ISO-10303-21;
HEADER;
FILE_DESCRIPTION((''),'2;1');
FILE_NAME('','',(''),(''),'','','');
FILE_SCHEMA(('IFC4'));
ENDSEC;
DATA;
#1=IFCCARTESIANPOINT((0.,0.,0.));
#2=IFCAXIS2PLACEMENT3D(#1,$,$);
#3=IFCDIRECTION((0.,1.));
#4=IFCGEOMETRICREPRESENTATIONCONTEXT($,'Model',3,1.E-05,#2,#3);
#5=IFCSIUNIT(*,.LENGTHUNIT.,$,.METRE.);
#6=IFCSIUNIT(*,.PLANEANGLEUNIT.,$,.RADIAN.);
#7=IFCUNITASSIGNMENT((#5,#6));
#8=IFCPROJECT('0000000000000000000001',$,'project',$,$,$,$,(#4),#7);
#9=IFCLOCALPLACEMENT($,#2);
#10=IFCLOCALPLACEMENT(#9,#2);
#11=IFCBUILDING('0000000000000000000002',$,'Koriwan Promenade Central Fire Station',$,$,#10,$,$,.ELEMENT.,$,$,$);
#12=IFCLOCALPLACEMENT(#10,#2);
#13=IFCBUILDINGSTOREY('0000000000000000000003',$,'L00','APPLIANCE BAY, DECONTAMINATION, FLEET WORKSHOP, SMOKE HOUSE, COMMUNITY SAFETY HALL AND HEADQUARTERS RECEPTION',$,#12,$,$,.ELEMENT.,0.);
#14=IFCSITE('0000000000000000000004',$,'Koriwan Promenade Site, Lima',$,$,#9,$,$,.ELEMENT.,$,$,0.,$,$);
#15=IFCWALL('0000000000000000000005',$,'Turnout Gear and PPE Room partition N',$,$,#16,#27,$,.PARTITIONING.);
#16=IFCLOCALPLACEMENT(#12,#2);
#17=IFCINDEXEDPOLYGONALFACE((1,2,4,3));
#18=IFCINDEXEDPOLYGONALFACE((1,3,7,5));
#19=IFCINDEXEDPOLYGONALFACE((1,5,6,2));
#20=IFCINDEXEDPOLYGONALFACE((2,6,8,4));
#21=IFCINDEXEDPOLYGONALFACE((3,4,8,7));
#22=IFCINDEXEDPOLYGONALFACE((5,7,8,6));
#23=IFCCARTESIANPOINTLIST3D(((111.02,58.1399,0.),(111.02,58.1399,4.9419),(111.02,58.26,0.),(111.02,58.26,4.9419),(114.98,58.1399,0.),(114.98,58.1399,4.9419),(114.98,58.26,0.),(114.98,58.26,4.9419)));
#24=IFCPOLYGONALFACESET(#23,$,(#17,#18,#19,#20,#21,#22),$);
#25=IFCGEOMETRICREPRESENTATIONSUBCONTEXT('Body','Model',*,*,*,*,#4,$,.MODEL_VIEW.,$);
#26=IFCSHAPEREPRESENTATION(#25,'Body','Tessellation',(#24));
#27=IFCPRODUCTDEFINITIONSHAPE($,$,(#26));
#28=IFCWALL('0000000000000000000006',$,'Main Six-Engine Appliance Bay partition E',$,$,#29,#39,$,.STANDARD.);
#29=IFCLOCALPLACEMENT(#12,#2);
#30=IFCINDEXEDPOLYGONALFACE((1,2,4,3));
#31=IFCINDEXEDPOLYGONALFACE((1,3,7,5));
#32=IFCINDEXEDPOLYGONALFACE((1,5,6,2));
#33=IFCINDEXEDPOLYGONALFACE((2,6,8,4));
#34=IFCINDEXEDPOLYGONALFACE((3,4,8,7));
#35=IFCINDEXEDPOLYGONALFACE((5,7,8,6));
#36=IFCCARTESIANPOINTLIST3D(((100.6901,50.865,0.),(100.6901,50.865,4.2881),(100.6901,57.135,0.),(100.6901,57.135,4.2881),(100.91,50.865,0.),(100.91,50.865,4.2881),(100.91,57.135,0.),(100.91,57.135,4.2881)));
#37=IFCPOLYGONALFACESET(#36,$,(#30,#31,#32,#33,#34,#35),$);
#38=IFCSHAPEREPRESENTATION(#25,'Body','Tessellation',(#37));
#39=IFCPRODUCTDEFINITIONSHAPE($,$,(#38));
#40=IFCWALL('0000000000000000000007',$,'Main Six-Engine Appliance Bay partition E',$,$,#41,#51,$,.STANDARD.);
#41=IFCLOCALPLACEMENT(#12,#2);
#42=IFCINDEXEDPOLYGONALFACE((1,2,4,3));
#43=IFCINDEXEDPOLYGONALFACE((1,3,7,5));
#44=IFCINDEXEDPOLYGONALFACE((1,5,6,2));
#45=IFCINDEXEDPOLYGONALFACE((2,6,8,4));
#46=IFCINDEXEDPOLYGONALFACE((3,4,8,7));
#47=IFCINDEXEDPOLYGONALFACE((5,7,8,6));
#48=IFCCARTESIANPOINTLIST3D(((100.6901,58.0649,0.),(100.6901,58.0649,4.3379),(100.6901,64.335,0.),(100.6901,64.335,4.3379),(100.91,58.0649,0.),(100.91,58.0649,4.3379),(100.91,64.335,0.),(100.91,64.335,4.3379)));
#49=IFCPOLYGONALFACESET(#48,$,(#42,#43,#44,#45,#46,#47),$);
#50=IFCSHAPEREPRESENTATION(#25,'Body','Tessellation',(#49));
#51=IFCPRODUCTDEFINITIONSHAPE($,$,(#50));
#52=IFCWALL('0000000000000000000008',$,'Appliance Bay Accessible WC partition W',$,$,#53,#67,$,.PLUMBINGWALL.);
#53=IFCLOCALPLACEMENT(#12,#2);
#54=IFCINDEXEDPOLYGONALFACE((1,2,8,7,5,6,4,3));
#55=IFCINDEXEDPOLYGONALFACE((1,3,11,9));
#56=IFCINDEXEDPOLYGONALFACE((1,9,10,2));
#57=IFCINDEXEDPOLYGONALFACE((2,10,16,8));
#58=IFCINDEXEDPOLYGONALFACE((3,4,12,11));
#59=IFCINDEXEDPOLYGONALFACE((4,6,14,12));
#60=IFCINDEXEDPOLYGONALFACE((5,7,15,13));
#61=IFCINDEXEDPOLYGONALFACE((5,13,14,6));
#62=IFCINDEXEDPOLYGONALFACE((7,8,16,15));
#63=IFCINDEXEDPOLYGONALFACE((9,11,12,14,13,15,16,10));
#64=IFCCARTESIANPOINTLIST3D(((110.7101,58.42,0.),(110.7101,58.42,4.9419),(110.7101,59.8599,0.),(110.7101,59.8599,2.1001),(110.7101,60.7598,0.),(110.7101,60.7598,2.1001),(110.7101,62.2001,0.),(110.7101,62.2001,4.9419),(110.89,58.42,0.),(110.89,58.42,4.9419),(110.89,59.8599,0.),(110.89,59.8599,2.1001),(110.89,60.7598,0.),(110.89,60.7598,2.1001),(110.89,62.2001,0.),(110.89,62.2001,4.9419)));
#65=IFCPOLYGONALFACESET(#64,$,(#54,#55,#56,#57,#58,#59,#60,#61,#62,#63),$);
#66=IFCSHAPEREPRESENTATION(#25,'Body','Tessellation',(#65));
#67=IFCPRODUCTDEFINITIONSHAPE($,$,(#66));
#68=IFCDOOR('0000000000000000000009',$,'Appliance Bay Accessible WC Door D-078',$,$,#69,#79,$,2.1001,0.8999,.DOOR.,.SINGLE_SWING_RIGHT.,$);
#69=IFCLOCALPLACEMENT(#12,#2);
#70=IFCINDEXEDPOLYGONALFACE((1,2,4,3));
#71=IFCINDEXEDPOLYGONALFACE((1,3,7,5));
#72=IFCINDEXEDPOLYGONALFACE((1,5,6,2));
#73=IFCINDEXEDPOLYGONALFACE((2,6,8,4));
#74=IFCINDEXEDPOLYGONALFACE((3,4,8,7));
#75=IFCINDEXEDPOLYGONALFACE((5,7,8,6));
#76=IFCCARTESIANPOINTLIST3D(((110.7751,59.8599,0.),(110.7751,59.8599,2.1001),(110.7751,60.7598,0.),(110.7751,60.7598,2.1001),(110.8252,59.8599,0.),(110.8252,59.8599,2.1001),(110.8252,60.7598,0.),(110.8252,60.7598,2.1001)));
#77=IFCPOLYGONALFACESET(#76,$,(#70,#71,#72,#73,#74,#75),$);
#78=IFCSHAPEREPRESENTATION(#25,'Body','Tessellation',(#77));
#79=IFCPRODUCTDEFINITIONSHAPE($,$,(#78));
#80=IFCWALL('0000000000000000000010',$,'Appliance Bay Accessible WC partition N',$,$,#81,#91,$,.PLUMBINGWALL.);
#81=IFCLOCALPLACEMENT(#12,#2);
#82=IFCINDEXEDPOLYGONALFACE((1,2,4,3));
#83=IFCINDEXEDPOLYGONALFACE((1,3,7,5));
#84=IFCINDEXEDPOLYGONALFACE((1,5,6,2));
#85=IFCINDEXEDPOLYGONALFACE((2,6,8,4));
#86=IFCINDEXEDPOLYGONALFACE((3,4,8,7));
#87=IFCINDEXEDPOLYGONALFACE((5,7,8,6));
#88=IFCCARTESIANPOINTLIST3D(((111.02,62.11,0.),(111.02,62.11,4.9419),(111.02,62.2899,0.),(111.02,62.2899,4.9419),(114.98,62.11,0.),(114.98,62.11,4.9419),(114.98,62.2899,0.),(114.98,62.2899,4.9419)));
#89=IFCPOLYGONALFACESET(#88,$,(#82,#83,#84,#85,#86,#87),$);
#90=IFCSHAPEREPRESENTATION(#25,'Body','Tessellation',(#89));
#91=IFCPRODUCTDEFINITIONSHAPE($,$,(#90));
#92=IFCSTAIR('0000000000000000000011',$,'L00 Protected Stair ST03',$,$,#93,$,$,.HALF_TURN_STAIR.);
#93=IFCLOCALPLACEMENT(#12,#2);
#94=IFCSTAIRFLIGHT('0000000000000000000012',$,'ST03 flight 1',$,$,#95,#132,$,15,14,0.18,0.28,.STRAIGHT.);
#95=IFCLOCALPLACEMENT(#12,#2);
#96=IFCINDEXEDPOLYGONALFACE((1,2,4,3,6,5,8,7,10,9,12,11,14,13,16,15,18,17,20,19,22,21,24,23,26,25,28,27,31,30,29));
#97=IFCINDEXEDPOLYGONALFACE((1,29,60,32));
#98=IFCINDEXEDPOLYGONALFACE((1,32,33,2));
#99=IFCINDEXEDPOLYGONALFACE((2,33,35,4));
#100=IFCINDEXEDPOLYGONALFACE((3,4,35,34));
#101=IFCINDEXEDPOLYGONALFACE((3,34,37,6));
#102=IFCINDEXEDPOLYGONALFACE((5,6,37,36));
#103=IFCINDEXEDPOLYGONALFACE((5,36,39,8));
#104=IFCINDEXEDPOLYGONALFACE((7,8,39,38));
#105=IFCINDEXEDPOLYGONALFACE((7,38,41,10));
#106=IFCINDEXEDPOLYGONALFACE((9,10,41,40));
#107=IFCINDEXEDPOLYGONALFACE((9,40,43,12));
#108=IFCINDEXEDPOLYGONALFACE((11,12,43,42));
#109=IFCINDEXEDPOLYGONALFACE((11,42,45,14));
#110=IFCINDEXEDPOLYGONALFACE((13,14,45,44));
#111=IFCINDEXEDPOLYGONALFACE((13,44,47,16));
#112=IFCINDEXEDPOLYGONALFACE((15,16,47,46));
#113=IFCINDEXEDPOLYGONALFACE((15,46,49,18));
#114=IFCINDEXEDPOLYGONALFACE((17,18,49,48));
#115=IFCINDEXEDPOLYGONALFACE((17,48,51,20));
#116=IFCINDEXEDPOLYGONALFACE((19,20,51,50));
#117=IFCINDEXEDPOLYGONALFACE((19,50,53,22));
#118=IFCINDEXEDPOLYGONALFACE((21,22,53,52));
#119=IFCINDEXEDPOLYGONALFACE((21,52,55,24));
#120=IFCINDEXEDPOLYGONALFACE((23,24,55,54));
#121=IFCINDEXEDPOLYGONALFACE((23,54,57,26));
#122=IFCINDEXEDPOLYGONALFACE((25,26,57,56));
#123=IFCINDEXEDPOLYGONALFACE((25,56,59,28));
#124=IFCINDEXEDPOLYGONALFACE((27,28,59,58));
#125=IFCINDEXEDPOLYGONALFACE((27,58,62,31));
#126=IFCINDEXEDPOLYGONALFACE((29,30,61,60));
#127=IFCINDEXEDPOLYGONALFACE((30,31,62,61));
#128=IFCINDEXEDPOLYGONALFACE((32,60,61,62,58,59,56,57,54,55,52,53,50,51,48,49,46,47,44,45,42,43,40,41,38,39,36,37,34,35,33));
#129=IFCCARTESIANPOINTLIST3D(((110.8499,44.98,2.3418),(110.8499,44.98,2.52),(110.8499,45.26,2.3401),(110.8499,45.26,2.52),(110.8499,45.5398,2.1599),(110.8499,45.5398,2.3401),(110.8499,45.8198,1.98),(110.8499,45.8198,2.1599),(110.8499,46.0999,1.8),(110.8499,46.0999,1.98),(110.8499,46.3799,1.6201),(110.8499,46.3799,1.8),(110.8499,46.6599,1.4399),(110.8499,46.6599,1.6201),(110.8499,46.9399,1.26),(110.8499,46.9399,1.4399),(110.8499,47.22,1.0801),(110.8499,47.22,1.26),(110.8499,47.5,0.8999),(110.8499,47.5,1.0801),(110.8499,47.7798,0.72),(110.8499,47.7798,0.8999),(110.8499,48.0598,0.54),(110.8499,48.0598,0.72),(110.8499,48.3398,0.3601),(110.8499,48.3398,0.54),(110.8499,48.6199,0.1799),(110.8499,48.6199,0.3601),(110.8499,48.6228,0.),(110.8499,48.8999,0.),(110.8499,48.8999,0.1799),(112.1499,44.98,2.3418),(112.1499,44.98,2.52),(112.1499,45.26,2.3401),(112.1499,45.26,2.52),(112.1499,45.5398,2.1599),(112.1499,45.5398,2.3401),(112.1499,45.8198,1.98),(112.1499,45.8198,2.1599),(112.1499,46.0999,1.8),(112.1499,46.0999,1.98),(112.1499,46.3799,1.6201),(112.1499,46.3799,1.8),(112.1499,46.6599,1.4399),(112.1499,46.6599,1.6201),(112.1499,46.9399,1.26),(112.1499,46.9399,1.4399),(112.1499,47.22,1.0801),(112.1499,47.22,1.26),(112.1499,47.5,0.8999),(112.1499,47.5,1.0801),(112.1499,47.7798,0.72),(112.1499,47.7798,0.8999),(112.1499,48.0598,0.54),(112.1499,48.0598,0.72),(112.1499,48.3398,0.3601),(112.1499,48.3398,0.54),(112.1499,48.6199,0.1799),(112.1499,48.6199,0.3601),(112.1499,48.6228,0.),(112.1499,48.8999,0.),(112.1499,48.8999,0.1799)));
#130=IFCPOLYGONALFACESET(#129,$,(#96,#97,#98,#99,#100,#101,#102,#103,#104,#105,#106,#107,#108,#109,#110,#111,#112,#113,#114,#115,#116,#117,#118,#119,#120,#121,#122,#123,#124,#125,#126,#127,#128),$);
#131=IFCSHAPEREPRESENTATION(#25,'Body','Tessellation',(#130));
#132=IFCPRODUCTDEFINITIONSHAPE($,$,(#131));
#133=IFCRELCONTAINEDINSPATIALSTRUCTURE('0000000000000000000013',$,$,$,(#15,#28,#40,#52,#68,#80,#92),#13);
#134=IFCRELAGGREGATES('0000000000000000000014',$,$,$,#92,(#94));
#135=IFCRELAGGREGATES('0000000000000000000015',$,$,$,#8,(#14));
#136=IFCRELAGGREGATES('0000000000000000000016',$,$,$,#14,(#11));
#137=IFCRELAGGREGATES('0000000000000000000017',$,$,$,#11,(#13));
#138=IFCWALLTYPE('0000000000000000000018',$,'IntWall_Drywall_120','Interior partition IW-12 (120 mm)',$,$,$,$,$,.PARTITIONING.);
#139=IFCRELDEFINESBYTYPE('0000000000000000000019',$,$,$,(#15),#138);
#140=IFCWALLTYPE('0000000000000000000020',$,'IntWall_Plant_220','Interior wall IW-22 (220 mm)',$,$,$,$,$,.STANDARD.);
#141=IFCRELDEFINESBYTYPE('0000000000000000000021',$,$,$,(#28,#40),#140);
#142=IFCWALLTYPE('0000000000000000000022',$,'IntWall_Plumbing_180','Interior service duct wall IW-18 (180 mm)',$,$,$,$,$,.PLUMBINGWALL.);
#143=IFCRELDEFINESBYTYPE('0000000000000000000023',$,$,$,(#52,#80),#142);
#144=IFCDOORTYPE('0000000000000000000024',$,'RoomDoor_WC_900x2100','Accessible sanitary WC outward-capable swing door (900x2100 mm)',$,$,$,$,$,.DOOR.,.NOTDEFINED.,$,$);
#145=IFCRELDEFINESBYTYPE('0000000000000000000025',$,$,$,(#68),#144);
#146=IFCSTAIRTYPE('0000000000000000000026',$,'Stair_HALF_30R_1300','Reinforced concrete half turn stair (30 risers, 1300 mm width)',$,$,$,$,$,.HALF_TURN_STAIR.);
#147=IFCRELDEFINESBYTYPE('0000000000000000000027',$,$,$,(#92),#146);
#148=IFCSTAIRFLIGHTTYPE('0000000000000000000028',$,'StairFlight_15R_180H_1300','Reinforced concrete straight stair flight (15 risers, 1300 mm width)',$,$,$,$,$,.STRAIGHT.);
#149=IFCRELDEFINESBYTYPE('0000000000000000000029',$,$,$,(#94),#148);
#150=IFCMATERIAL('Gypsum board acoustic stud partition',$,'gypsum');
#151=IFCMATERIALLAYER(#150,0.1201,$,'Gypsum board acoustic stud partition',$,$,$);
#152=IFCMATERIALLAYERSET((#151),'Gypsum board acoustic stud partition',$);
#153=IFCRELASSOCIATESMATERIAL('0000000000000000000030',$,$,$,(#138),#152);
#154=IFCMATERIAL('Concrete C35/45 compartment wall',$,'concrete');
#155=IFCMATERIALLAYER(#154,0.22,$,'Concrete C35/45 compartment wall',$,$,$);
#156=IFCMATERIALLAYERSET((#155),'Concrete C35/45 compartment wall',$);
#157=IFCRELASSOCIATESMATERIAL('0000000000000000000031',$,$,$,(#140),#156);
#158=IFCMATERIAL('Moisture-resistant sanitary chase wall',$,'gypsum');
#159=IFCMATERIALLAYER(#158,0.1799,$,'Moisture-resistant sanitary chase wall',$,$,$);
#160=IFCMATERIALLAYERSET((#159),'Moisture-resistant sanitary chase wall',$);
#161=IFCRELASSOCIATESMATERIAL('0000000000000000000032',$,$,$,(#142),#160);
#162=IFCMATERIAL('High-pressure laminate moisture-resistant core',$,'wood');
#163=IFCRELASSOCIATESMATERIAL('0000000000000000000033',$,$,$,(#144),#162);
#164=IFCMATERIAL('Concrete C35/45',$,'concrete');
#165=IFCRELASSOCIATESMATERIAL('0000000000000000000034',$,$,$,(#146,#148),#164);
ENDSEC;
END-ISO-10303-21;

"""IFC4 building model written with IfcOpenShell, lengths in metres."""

from ifc_helpers import new_model, si_unit, direction, frame, frame_2d, origin, place, context, subcontext, project, spatial, polyline, rectangle, outline, extrude, material, layer, layer_set, type_object, element, fill, aggregate, save


model = new_model("IFC4")

# Units and contexts
model_context = context("Model", 3, precision=1e-05, world=origin(), true_north=direction((0.0, 1.0)))
body_context = subcontext(model_context, "Body", "Model", "MODEL_VIEW")
ifc_project = project(units=[si_unit("LENGTHUNIT", "METRE"), si_unit("PLANEANGLEUNIT", "RADIAN")], contexts=[model_context])

# Site, building, storey
site_placement = place(None, origin())
site = spatial("IfcSite", under=ifc_project, at=site_placement, Name="Koriwan Promenade Site, Lima", CompositionType="ELEMENT", RefElevation=0.0)
building_placement = place(site_placement, origin())
building = spatial("IfcBuilding", under=site, at=building_placement, Name="Koriwan Promenade Central Fire Station", CompositionType="ELEMENT")
storey_placement = place(building_placement, origin())
storey = spatial("IfcBuildingStorey", under=building, at=storey_placement, Name="L00", Description="APPLIANCE BAY, DECONTAMINATION, FLEET WORKSHOP, SMOKE HOUSE, COMMUNITY SAFETY HALL AND HEADQUARTERS RECEPTION", CompositionType="ELEMENT", Elevation=0.0)

# Shared definitions
ifc_material_1 = material(Name="Concrete C35/45", Category="concrete")

# Shared definitions
ifc_material_2 = material(Name="Gypsum board acoustic stud partition", Category="gypsum")
ifc_layer_1 = layer(ifc_material_2, 0.1201, Name="Gypsum board acoustic stud partition")
ifc_layer_set_1 = layer_set([ifc_layer_1], Name="Gypsum board acoustic stud partition")
wall_type_1 = type_object("IfcWallType", Name="IntWall_Drywall_120", Description="Interior partition IW-12 (120 mm)", PredefinedType="PARTITIONING", material=ifc_layer_set_1)

# Walls
for number, where, z_axis, x_axis, name in (
    (1, (111.02, 58.2, 0.0), (0.0, 0.0, 1.0), (1.0, 0.0, 0.0), "Turnout Gear and PPE Room partition N"),
):
    element("IfcWall", number, at=place(storey_placement, frame(where, z_axis=z_axis, x_axis=x_axis)), inside=storey, type_object=wall_type_1, Name=name, PredefinedType="PARTITIONING", context=body_context, shape_type="SweptSolid", body=[
        extrude(rectangle(XDim=3.96, YDim=0.1201, at=frame_2d((1.98, 0.0))), origin(), (0.0, 0.0, 1.0), 4.9419),
    ])
ifc_material_3 = material(Name="Concrete C35/45 compartment wall", Category="concrete")
ifc_layer_2 = layer(ifc_material_3, 0.22, Name="Concrete C35/45 compartment wall")
ifc_layer_set_2 = layer_set([ifc_layer_2], Name="Concrete C35/45 compartment wall")
wall_type_2 = type_object("IfcWallType", Name="IntWall_Plant_220", Description="Interior wall IW-22 (220 mm)", PredefinedType="STANDARD", material=ifc_layer_set_2)
wall_1_placement = place(storey_placement, frame((100.8, 50.865, 0.0), z_axis=(0.0, 0.0, 1.0), x_axis=(0.0, 1.0, 0.0)))
element("IfcWall", 2, at=wall_1_placement, inside=storey, type_object=wall_type_2, Name="Main Six-Engine Appliance Bay partition E", PredefinedType="STANDARD", context=body_context, shape_type="SweptSolid", body=[
    extrude(rectangle(XDim=6.27, YDim=0.22, at=frame_2d((3.135, 0.0))), origin(), (0.0, 0.0, 1.0), 4.2881),
])
wall_2_placement = place(storey_placement, frame((100.8, 58.0649, 0.0), z_axis=(0.0, 0.0, 1.0), x_axis=(0.0, 1.0, 0.0)))
element("IfcWall", 3, at=wall_2_placement, inside=storey, type_object=wall_type_2, Name="Main Six-Engine Appliance Bay partition E", PredefinedType="STANDARD", context=body_context, shape_type="SweptSolid", body=[
    extrude(rectangle(XDim=6.27, YDim=0.22, at=frame_2d((3.135, 0.0))), origin(), (0.0, 0.0, 1.0), 4.3379),
])

# Wall, opening, door
ifc_material_4 = material(Name="Moisture-resistant sanitary chase wall", Category="gypsum")
ifc_layer_3 = layer(ifc_material_4, 0.1799, Name="Moisture-resistant sanitary chase wall")
ifc_layer_set_3 = layer_set([ifc_layer_3], Name="Moisture-resistant sanitary chase wall")
wall_type_3 = type_object("IfcWallType", Name="IntWall_Plumbing_180", Description="Interior service duct wall IW-18 (180 mm)", PredefinedType="PLUMBINGWALL", material=ifc_layer_set_3)
wall_3_placement = place(storey_placement, frame((110.8, 58.4199, 0.0), z_axis=(0.0, 0.0, 1.0), x_axis=(0.0, 1.0, 0.0)))
wall_3 = element("IfcWall", 4, at=wall_3_placement, inside=storey, type_object=wall_type_3, Name="Appliance Bay Accessible WC partition W", PredefinedType="PLUMBINGWALL", context=body_context, shape_type="SweptSolid", body=[
    extrude(rectangle(XDim=3.78, YDim=0.1799, at=frame_2d((1.8901, 0.0))), origin(), (0.0, 0.0, 1.0), 4.9419),
])
opening_1_placement = place(wall_3_placement, frame((1.4399, 0.0, 0.0)))
opening_1 = element("IfcOpeningElement", 5, at=opening_1_placement, cuts=wall_3, PredefinedType="OPENING", context=body_context, shape_type="SweptSolid", body=[
    extrude(rectangle(XDim=0.8999, YDim=2.1001, at=frame_2d((0.45, 1.05))), frame((0.0, 0.1021, 0.0), z_axis=(0.0, -1.0, 0.0), x_axis=(1.0, 0.0, 0.0)), (0.0, 0.0, 1.0), 0.2039),
])
ifc_material_5 = material(Name="High-pressure laminate moisture-resistant core", Category="wood")
door_type_1 = type_object("IfcDoorType", Name="RoomDoor_WC_900x2100", Description="Accessible sanitary WC outward-capable swing door (900x2100 mm)", OperationType="NOTDEFINED", PredefinedType="DOOR", material=ifc_material_5)
door_1_placement = place(opening_1_placement, origin())
door_1 = element("IfcDoor", 6, at=door_1_placement, inside=storey, type_object=door_type_1, Name="Appliance Bay Accessible WC Door D-078", OperationType="SINGLE_SWING_RIGHT", OverallHeight=2.1001, OverallWidth=0.8999, PredefinedType="DOOR", context=body_context, shape_type="SweptSolid", body=[
    extrude(rectangle(XDim=0.8999, YDim=2.1001, at=frame_2d((0.45, 1.05))), frame((0.0, 0.0249, 0.0), z_axis=(0.0, -1.0, 0.0), x_axis=(1.0, 0.0, 0.0)), (0.0, 0.0, 1.0), 0.05),
])
fill(opening_1, door_1)

# Wall
wall_4_placement = place(storey_placement, frame((111.02, 62.2, 0.0), z_axis=(0.0, 0.0, 1.0), x_axis=(1.0, 0.0, 0.0)))
element("IfcWall", 7, at=wall_4_placement, inside=storey, type_object=wall_type_3, Name="Appliance Bay Accessible WC partition N", PredefinedType="PLUMBINGWALL", context=body_context, shape_type="SweptSolid", body=[
    extrude(rectangle(XDim=3.96, YDim=0.1799, at=frame_2d((1.98, 0.0))), origin(), (0.0, 0.0, 1.0), 4.9419),
])

# Stair, stair flight
stair_type = type_object("IfcStairType", Name="Stair_HALF_30R_1300", Description="Reinforced concrete half turn stair (30 risers, 1300 mm width)", PredefinedType="HALF_TURN_STAIR", material=ifc_material_1)
stair_placement = place(storey_placement, origin())
stair = element("IfcStair", 8, at=stair_placement, inside=storey, type_object=stair_type, Name="L00 Protected Stair ST03", PredefinedType="HALF_TURN_STAIR")
stair_flight_type = type_object("IfcStairFlightType", Name="StairFlight_15R_180H_1300", Description="Reinforced concrete straight stair flight (15 risers, 1300 mm width)", PredefinedType="STRAIGHT", material=ifc_material_1)
stair_flight_placement = place(storey_placement, frame((111.5, 48.8999, 0.0), z_axis=(0.0, 0.0, 1.0), x_axis=(0.0, -1.0, 0.0)))
stair_flight = element("IfcStairFlight", 9, at=stair_flight_placement, type_object=stair_flight_type, Name="ST03 flight 1", NumberOfRisers=15, NumberOfTreads=14, PredefinedType="STRAIGHT", RiserHeight=0.18, TreadLength=0.28, context=body_context, shape_type="SweptSolid", body=[
    extrude(outline(polyline([(0.0, 0.0), (0.0, 0.1799), (0.28, 0.1799), (0.28, 0.3601), (0.5601, 0.3601), (0.5601, 0.54), (0.8401, 0.54), (0.8401, 0.72), (1.1201, 0.72), (1.1201, 0.8999), (1.3999, 0.8999), (1.3999, 1.0801), (1.6799, 1.0801), (1.6799, 1.26), (1.96, 1.26), (1.96, 1.4399), (2.24, 1.4399), (2.24, 1.6201), (2.52, 1.6201), (2.52, 1.8), (2.8, 1.8), (2.8, 1.98), (3.0801, 1.98), (3.0801, 2.1599), (3.3601, 2.1599), (3.3601, 2.3401), (3.6399, 2.3401), (3.6399, 2.52), (3.9199, 2.52), (3.9199, 2.7), (3.9199, 2.3418), (0.2771, 0.0), (0.0, 0.0)])), frame((0.0, 0.6499, 0.0), z_axis=(0.0, -1.0, 0.0), x_axis=(1.0, 0.0, 0.0)), (0.0, 0.0, 1.0), 1.3),
])
aggregate(stair, [stair_flight])

save(model, "model.ifc")
